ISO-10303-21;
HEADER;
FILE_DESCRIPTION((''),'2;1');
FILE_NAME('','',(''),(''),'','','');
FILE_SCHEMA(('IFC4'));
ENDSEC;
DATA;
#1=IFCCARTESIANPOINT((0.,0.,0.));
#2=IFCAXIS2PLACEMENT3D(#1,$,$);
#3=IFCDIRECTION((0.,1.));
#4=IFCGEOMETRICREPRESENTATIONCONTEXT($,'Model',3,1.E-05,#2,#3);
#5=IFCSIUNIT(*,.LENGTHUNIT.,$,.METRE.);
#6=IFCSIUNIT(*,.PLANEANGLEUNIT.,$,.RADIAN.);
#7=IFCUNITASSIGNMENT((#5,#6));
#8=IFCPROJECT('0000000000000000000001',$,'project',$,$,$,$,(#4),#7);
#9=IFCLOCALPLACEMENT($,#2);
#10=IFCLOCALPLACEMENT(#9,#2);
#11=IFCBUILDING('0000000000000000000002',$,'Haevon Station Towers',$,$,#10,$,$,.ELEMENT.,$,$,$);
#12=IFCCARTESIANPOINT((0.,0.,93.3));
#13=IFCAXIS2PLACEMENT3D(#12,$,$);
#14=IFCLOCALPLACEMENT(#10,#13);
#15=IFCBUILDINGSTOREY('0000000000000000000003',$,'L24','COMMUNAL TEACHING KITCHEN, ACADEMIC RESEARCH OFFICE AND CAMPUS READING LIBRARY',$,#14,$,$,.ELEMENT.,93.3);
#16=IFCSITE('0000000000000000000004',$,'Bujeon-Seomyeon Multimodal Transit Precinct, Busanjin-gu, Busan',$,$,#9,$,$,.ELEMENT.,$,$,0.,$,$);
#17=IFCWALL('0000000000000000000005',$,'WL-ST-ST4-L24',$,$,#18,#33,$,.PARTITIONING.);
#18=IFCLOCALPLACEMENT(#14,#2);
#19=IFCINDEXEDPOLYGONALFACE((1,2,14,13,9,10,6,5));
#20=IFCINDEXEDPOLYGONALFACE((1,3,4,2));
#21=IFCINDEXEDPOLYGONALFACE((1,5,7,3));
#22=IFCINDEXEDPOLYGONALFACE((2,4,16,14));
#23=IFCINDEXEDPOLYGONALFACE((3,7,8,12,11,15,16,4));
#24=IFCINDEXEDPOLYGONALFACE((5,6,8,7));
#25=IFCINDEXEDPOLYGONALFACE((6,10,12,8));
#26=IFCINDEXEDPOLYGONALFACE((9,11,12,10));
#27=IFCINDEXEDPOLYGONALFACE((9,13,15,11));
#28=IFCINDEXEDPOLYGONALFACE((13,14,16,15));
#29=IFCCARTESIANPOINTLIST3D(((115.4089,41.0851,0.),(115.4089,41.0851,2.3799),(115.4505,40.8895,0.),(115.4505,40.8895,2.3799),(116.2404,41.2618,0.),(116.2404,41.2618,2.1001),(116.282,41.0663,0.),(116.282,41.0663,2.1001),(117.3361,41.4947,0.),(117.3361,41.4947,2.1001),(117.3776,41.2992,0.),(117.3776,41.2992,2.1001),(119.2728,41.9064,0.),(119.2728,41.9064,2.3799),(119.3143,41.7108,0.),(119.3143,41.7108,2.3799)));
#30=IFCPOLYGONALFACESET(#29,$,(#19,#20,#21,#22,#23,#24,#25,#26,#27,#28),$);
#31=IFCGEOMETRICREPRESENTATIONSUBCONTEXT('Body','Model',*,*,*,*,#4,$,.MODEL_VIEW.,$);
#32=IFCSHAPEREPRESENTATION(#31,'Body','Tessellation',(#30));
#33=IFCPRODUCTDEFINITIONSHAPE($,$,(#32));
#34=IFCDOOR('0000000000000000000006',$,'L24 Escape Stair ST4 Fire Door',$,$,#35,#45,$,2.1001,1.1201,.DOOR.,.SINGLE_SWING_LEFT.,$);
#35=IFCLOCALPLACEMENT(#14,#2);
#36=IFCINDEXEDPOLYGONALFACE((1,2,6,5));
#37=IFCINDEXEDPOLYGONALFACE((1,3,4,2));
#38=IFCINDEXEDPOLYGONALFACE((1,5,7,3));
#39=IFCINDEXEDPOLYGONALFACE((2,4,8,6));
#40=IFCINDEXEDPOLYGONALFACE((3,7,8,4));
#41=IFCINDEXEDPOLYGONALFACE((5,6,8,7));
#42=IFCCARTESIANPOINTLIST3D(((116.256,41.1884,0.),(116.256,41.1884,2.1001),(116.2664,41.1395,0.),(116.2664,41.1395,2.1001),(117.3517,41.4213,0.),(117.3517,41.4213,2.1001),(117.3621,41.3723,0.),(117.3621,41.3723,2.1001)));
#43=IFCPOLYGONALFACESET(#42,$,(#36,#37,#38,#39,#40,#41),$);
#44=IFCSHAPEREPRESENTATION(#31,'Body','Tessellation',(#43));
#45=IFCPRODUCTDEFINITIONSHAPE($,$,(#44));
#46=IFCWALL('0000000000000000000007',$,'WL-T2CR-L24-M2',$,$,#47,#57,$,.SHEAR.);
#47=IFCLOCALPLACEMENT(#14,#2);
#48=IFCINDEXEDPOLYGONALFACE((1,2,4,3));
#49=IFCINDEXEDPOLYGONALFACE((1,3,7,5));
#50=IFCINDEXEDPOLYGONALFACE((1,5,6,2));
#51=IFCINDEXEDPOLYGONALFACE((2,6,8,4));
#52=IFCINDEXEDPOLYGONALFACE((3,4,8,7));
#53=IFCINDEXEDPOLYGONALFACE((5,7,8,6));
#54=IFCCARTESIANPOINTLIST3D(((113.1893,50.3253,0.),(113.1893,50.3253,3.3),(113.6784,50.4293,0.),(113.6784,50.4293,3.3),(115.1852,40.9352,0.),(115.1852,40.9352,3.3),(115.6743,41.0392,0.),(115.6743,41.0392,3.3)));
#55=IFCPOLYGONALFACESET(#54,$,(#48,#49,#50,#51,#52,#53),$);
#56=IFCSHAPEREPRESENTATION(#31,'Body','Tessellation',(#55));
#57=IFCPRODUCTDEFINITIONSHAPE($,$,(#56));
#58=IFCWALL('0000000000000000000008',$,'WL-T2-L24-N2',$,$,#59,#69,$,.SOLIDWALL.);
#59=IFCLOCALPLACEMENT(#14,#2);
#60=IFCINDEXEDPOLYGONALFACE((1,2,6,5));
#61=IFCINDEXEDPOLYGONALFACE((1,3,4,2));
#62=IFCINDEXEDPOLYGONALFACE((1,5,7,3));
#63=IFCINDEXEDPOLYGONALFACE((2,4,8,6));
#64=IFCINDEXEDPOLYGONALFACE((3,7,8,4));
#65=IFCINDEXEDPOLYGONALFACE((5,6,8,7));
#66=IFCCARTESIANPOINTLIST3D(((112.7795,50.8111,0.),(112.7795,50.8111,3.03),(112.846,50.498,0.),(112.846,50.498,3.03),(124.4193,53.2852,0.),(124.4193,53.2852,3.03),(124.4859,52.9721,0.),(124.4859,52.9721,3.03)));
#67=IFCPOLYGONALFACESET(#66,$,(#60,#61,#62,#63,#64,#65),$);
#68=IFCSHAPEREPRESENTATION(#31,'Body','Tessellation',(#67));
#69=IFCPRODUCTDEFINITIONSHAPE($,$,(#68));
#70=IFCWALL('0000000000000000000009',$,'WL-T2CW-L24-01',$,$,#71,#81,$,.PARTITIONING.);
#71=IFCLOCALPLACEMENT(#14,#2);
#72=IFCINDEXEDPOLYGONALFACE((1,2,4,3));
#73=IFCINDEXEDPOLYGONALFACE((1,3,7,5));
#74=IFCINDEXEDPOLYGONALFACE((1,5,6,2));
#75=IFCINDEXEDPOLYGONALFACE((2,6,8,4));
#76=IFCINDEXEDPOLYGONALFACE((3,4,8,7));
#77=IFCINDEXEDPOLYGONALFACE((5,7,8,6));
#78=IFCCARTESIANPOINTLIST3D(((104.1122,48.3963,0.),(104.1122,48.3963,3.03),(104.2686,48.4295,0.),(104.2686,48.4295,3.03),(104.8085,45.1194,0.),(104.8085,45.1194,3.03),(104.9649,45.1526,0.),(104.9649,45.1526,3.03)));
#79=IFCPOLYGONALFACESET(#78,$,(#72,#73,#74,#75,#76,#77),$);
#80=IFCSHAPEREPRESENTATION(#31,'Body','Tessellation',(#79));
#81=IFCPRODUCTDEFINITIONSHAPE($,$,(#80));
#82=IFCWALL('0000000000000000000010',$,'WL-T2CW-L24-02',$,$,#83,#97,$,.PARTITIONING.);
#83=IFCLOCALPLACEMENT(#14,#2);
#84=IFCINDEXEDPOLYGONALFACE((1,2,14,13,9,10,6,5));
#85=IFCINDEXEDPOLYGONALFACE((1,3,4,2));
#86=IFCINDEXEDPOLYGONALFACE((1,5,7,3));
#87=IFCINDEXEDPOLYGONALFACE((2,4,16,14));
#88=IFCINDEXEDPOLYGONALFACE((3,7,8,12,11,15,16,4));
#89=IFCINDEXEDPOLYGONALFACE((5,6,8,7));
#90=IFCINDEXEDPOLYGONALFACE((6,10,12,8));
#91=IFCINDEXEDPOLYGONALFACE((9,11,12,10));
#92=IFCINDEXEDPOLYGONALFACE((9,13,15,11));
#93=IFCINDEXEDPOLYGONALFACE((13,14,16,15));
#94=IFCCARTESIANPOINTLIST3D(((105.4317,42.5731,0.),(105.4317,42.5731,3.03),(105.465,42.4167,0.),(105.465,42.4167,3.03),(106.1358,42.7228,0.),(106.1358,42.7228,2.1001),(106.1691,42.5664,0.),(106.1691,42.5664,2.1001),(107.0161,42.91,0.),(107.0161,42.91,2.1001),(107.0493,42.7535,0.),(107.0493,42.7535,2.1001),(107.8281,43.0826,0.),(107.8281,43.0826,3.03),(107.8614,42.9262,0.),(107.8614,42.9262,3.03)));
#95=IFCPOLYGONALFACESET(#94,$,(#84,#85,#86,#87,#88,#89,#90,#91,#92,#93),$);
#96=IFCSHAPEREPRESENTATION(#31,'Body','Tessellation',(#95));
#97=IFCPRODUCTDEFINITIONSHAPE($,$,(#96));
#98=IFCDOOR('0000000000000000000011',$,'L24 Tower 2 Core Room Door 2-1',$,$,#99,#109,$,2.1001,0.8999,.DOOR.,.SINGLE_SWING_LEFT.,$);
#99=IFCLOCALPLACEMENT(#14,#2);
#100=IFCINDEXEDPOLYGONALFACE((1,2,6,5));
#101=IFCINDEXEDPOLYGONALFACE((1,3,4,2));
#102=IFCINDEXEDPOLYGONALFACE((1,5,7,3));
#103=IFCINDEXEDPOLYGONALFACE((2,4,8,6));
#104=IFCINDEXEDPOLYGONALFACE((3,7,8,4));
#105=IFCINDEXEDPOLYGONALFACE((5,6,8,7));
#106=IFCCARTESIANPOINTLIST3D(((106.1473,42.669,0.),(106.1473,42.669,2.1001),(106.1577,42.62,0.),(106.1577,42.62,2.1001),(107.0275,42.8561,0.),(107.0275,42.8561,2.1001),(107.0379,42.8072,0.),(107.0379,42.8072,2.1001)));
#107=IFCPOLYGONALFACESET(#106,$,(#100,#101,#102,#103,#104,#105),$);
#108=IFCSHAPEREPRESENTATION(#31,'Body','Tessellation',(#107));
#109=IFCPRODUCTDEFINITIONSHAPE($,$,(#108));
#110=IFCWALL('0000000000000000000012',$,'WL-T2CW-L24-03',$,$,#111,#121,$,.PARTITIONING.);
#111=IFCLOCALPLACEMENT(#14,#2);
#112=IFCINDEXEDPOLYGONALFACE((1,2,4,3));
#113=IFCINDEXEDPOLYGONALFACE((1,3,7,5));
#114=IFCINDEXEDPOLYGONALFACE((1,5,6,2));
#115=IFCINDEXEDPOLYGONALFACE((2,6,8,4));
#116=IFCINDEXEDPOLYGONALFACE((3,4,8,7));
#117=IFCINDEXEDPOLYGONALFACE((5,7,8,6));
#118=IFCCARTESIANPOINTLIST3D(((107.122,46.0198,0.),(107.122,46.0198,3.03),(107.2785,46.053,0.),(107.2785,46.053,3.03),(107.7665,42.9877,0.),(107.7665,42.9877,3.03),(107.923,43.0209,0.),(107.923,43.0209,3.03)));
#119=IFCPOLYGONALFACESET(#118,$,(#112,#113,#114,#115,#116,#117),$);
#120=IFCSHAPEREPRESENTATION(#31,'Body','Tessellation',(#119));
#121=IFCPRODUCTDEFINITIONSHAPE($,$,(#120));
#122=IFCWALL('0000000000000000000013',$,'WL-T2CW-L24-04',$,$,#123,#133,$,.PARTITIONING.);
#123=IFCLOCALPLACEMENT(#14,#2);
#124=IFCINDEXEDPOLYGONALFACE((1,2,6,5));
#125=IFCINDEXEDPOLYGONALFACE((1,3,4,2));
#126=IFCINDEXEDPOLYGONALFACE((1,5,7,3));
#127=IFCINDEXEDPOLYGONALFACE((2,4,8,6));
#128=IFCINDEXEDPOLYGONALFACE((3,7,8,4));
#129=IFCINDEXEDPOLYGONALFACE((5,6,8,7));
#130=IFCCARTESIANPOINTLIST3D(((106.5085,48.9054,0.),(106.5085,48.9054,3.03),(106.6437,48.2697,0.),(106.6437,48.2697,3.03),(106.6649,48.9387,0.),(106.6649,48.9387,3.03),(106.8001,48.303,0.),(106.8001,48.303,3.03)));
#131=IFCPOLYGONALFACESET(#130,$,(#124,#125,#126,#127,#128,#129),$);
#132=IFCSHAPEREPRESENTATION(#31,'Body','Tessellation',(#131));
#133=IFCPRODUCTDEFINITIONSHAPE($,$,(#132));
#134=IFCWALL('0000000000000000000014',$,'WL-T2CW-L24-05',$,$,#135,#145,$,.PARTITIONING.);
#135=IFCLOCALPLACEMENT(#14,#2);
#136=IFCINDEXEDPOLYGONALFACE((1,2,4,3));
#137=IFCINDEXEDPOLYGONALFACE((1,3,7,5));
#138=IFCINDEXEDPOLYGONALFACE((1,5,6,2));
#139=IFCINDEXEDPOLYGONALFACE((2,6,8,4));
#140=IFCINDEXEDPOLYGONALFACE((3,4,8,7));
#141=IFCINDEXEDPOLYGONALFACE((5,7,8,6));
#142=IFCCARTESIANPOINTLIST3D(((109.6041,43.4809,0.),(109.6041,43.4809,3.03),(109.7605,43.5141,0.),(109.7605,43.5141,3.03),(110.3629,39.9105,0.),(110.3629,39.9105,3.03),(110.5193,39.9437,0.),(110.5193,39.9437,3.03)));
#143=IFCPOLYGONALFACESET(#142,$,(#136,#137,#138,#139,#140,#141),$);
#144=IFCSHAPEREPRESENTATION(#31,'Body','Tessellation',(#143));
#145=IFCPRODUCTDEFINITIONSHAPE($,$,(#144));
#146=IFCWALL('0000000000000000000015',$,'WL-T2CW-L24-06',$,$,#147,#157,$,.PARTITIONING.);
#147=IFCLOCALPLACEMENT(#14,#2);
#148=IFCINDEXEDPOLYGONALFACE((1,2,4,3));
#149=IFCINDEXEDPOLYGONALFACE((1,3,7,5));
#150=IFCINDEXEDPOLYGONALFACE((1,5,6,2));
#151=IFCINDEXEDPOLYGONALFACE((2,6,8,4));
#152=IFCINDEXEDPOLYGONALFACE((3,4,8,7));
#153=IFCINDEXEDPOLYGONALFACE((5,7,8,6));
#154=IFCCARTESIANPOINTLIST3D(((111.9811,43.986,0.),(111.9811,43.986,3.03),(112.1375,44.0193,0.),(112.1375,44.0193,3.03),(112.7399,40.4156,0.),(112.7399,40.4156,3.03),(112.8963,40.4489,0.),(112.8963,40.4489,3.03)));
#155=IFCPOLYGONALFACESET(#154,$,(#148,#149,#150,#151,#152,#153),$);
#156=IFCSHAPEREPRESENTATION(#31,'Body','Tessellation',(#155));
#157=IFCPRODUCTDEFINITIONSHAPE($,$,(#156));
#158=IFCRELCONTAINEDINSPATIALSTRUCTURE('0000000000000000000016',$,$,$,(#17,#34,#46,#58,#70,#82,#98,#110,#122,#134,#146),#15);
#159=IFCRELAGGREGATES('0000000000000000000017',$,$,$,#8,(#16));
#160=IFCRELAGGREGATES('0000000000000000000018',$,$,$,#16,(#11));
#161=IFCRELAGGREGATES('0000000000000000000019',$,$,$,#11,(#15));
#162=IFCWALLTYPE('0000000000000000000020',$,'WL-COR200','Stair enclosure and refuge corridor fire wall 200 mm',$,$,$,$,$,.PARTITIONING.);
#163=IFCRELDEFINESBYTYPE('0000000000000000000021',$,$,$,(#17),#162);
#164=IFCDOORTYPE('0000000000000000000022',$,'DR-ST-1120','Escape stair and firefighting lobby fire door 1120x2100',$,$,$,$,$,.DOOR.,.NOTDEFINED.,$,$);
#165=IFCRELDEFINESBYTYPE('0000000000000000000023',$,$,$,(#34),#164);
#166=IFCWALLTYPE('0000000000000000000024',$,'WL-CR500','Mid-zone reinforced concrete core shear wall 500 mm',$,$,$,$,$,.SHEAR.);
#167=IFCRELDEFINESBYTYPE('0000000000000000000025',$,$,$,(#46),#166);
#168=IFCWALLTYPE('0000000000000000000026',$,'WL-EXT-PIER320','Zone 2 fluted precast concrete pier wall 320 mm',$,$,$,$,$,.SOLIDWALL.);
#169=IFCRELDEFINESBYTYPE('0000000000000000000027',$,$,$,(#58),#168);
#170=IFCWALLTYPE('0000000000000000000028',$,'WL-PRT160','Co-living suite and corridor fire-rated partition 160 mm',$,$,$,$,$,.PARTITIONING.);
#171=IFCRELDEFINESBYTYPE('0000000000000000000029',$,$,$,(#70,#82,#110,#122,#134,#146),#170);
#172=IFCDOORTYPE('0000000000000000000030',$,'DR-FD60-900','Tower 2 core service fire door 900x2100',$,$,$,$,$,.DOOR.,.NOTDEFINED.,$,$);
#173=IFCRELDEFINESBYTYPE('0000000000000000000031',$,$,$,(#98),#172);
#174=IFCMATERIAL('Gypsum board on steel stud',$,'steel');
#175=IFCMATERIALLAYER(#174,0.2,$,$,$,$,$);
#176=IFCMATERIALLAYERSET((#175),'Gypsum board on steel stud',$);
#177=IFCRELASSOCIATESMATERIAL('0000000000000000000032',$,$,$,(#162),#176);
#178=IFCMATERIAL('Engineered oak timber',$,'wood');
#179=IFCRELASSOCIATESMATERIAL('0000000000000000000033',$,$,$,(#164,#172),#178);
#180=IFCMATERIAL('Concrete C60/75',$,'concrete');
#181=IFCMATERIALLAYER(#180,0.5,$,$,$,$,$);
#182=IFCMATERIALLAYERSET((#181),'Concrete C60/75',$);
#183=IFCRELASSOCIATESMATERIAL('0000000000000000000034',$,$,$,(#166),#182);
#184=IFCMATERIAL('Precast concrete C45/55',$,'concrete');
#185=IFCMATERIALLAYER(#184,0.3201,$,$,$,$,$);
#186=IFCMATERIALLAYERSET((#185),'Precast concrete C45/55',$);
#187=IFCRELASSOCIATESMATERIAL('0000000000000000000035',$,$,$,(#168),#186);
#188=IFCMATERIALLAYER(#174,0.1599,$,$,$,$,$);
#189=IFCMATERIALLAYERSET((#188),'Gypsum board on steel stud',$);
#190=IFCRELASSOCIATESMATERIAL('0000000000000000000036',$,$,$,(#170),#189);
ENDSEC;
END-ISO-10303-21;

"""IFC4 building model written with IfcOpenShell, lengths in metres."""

from ifc_helpers import new_model, si_unit, direction, frame, frame_2d, origin, place, context, subcontext, project, spatial, rectangle, extrude, material, layer, layer_set, type_object, element, fill, save


model = new_model("IFC4")

# Units and contexts
model_context = context("Model", 3, precision=1e-05, world=origin(), true_north=direction((0.0, 1.0)))
body_context = subcontext(model_context, "Body", "Model", "MODEL_VIEW")
ifc_project = project(units=[si_unit("LENGTHUNIT", "METRE"), si_unit("PLANEANGLEUNIT", "RADIAN")], contexts=[model_context])

# Site, building, storey
site_placement = place(None, origin())
site = spatial("IfcSite", under=ifc_project, at=site_placement, Name="Bujeon-Seomyeon Multimodal Transit Precinct, Busanjin-gu, Busan", CompositionType="ELEMENT", RefElevation=0.0)
building_placement = place(site_placement, origin())
building = spatial("IfcBuilding", under=site, at=building_placement, Name="Haevon Station Towers", CompositionType="ELEMENT")
storey_placement = place(building_placement, frame((0.0, 0.0, 93.3)))
storey = spatial("IfcBuildingStorey", under=building, at=storey_placement, Name="L24", Description="COMMUNAL TEACHING KITCHEN, ACADEMIC RESEARCH OFFICE AND CAMPUS READING LIBRARY", CompositionType="ELEMENT", Elevation=93.3)

# Wall, opening, door
ifc_material_1 = material(Name="Gypsum board on steel stud", Category="steel")
ifc_layer_1 = layer(ifc_material_1, 0.2)
ifc_layer_set_1 = layer_set([ifc_layer_1], Name="Gypsum board on steel stud")
wall_type_1 = type_object("IfcWallType", Name="WL-COR200", Description="Stair enclosure and refuge corridor fire wall 200 mm", PredefinedType="PARTITIONING", material=ifc_layer_set_1)
wall_1_placement = place(storey_placement, frame((115.4297, 40.9873, 0.0), z_axis=(0.0, 0.0, 1.0), x_axis=(0.978147, 0.207916, 0.0)))
wall_1 = element("IfcWall", 1, at=wall_1_placement, inside=storey, type_object=wall_type_1, Name="WL-ST-ST4-L24", PredefinedType="PARTITIONING", context=body_context, shape_type="SweptSolid", body=[
    extrude(rectangle(XDim=3.9502, YDim=0.2, at=frame_2d((1.9751, 0.0))), origin(), (0.0, 0.0, 1.0), 2.3799),
])
opening_1_placement = place(wall_1_placement, frame((0.8501, 0.0, 0.0)))
opening_1 = element("IfcOpeningElement", 2, at=opening_1_placement, cuts=wall_1, PredefinedType="OPENING", context=body_context, shape_type="SweptSolid", body=[
    extrude(rectangle(XDim=1.1201, YDim=2.1001, at=frame_2d((0.5601, 1.05))), frame((0.0, 0.1099, 0.0), z_axis=(0.0, -1.0, 0.0), x_axis=(1.0, 0.0, 0.0)), (0.0, 0.0, 1.0), 0.22),
])
ifc_material_2 = material(Name="Engineered oak timber", Category="wood")
door_type_1 = type_object("IfcDoorType", Name="DR-ST-1120", Description="Escape stair and firefighting lobby fire door 1120x2100", OperationType="NOTDEFINED", PredefinedType="DOOR", material=ifc_material_2)
door_1_placement = place(opening_1_placement, origin())
door_1 = element("IfcDoor", 3, at=door_1_placement, inside=storey, type_object=door_type_1, Name="L24 Escape Stair ST4 Fire Door", OperationType="SINGLE_SWING_LEFT", OverallHeight=2.1001, OverallWidth=1.1201, PredefinedType="DOOR", context=body_context, shape_type="SweptSolid", body=[
    extrude(rectangle(XDim=1.1201, YDim=2.1001, at=frame_2d((0.5601, 1.05))), frame((0.0, 0.0249, 0.0), z_axis=(0.0, -1.0, 0.0), x_axis=(1.0, 0.0, 0.0)), (0.0, 0.0, 1.0), 0.05),
])
fill(opening_1, door_1)

# Walls
ifc_material_3 = material(Name="Concrete C60/75", Category="concrete")
ifc_layer_2 = layer(ifc_material_3, 0.5)
ifc_layer_set_2 = layer_set([ifc_layer_2], Name="Concrete C60/75")
wall_type_2 = type_object("IfcWallType", Name="WL-CR500", Description="Mid-zone reinforced concrete core shear wall 500 mm", PredefinedType="SHEAR", material=ifc_layer_set_2)
wall_2_placement = place(storey_placement, frame((115.4297, 40.9873, 0.0), z_axis=(0.0, 0.0, 1.0), x_axis=(-0.207903, 0.978149, 0.0)))
element("IfcWall", 4, at=wall_2_placement, inside=storey, type_object=wall_type_2, Name="WL-T2CR-L24-M2", PredefinedType="SHEAR", context=body_context, shape_type="SweptSolid", body=[
    extrude(rectangle(XDim=9.5999, YDim=0.5, at=frame_2d((4.7998, 0.0))), origin(), (0.0, 0.0, 1.0), 3.3),
])
ifc_material_4 = material(Name="Precast concrete C45/55", Category="concrete")
ifc_layer_3 = layer(ifc_material_4, 0.3201)
ifc_layer_set_3 = layer_set([ifc_layer_3], Name="Precast concrete C45/55")
wall_type_3 = type_object("IfcWallType", Name="WL-EXT-PIER320", Description="Zone 2 fluted precast concrete pier wall 320 mm", PredefinedType="SOLIDWALL", material=ifc_layer_set_3)
wall_3_placement = place(storey_placement, frame((112.8127, 50.6545, 0.0), z_axis=(0.0, 0.0, 1.0), x_axis=(0.978148, 0.207911, 0.0)))
element("IfcWall", 5, at=wall_3_placement, inside=storey, type_object=wall_type_3, Name="WL-T2-L24-N2", PredefinedType="SOLIDWALL", context=body_context, shape_type="SweptSolid", body=[
    extrude(rectangle(XDim=11.8999, YDim=0.3201, at=frame_2d((5.95, 0.0))), origin(), (0.0, 0.0, 1.0), 3.03),
])
ifc_layer_4 = layer(ifc_material_1, 0.1599)
ifc_layer_set_4 = layer_set([ifc_layer_4], Name="Gypsum board on steel stud")
wall_type_4 = type_object("IfcWallType", Name="WL-PRT160", Description="Co-living suite and corridor fire-rated partition 160 mm", PredefinedType="PARTITIONING", material=ifc_layer_set_4)
wall_4_placement = place(storey_placement, frame((104.8867, 45.136, 0.0), z_axis=(0.0, 0.0, 1.0), x_axis=(-0.207847, 0.978161, 0.0)))
element("IfcWall", 6, at=wall_4_placement, inside=storey, type_object=wall_type_4, Name="WL-T2CW-L24-01", PredefinedType="PARTITIONING", context=body_context, shape_type="SweptSolid", body=[
    extrude(rectangle(XDim=3.3501, YDim=0.1599, at=frame_2d((1.675, 0.0))), origin(), (0.0, 0.0, 1.0), 3.03),
])

# Wall, opening, door
wall_5_placement = place(storey_placement, frame((105.4482, 42.4949, 0.0), z_axis=(0.0, 0.0, 1.0), x_axis=(0.978137, 0.207964, 0.0)))
wall_5 = element("IfcWall", 7, at=wall_5_placement, inside=storey, type_object=wall_type_4, Name="WL-T2CW-L24-02", PredefinedType="PARTITIONING", context=body_context, shape_type="SweptSolid", body=[
    extrude(rectangle(XDim=2.45, YDim=0.1599, at=frame_2d((1.2251, 0.0))), origin(), (0.0, 0.0, 1.0), 3.03),
])
opening_2_placement = place(wall_5_placement, frame((0.72, 0.0, 0.0)))
opening_2 = element("IfcOpeningElement", 8, at=opening_2_placement, cuts=wall_5, PredefinedType="OPENING", context=body_context, shape_type="SweptSolid", body=[
    extrude(rectangle(XDim=0.8999, YDim=2.1001, at=frame_2d((0.45, 1.05))), frame((0.0, 0.0898, 0.0), z_axis=(0.0, -1.0, 0.0), x_axis=(1.0, 0.0, 0.0)), (0.0, 0.0, 1.0), 0.1799),
])
door_type_2 = type_object("IfcDoorType", Name="DR-FD60-900", Description="Tower 2 core service fire door 900x2100", OperationType="NOTDEFINED", PredefinedType="DOOR", material=ifc_material_2)
door_2_placement = place(opening_2_placement, origin())
door_2 = element("IfcDoor", 9, at=door_2_placement, inside=storey, type_object=door_type_2, Name="L24 Tower 2 Core Room Door 2-1", OperationType="SINGLE_SWING_LEFT", OverallHeight=2.1001, OverallWidth=0.8999, PredefinedType="DOOR", context=body_context, shape_type="SweptSolid", body=[
    extrude(rectangle(XDim=0.8999, YDim=2.1001, at=frame_2d((0.45, 1.05))), frame((0.0, 0.0249, 0.0), z_axis=(0.0, -1.0, 0.0), x_axis=(1.0, 0.0, 0.0)), (0.0, 0.0, 1.0), 0.05),
])
fill(opening_2, door_2)

# Walls
wall_6_placement = place(storey_placement, frame((107.8447, 43.0044, 0.0), z_axis=(0.0, 0.0, 1.0), x_axis=(-0.207915, 0.978147, 0.0)))
element("IfcWall", 10, at=wall_6_placement, inside=storey, type_object=wall_type_4, Name="WL-T2CW-L24-03", PredefinedType="PARTITIONING", context=body_context, shape_type="SweptSolid", body=[
    extrude(rectangle(XDim=3.0999, YDim=0.1599, at=frame_2d((1.5498, 0.0))), origin(), (0.0, 0.0, 1.0), 3.03),
])
wall_7_placement = place(storey_placement, frame((106.7219, 48.2864, 0.0), z_axis=(0.0, 0.0, 1.0), x_axis=(-0.208092, 0.978109, 0.0)))
element("IfcWall", 11, at=wall_7_placement, inside=storey, type_object=wall_type_4, Name="WL-T2CW-L24-04", PredefinedType="PARTITIONING", context=body_context, shape_type="SweptSolid", body=[
    extrude(rectangle(XDim=0.6499, YDim=0.1599, at=frame_2d((0.325, 0.0))), origin(), (0.0, 0.0, 1.0), 3.03),
])
for number, where, z_axis, x_axis, name in (
    (12, (110.4412, 39.927, 0.0), (0.0, 0.0, 1.0), (-0.207884, 0.978153, 0.0), "WL-T2CW-L24-05"),
    (13, (112.8181, 40.4321, 0.0), (0.0, 0.0, 1.0), (-0.207884, 0.978153, 0.0), "WL-T2CW-L24-06"),
):
    element("IfcWall", number, at=place(storey_placement, frame(where, z_axis=z_axis, x_axis=x_axis)), inside=storey, type_object=wall_type_4, Name=name, PredefinedType="PARTITIONING", context=body_context, shape_type="SweptSolid", body=[
        extrude(rectangle(XDim=3.6501, YDim=0.1599, at=frame_2d((1.8252, 0.0))), origin(), (0.0, 0.0, 1.0), 3.03),
    ])

save(model, "model.ifc")
